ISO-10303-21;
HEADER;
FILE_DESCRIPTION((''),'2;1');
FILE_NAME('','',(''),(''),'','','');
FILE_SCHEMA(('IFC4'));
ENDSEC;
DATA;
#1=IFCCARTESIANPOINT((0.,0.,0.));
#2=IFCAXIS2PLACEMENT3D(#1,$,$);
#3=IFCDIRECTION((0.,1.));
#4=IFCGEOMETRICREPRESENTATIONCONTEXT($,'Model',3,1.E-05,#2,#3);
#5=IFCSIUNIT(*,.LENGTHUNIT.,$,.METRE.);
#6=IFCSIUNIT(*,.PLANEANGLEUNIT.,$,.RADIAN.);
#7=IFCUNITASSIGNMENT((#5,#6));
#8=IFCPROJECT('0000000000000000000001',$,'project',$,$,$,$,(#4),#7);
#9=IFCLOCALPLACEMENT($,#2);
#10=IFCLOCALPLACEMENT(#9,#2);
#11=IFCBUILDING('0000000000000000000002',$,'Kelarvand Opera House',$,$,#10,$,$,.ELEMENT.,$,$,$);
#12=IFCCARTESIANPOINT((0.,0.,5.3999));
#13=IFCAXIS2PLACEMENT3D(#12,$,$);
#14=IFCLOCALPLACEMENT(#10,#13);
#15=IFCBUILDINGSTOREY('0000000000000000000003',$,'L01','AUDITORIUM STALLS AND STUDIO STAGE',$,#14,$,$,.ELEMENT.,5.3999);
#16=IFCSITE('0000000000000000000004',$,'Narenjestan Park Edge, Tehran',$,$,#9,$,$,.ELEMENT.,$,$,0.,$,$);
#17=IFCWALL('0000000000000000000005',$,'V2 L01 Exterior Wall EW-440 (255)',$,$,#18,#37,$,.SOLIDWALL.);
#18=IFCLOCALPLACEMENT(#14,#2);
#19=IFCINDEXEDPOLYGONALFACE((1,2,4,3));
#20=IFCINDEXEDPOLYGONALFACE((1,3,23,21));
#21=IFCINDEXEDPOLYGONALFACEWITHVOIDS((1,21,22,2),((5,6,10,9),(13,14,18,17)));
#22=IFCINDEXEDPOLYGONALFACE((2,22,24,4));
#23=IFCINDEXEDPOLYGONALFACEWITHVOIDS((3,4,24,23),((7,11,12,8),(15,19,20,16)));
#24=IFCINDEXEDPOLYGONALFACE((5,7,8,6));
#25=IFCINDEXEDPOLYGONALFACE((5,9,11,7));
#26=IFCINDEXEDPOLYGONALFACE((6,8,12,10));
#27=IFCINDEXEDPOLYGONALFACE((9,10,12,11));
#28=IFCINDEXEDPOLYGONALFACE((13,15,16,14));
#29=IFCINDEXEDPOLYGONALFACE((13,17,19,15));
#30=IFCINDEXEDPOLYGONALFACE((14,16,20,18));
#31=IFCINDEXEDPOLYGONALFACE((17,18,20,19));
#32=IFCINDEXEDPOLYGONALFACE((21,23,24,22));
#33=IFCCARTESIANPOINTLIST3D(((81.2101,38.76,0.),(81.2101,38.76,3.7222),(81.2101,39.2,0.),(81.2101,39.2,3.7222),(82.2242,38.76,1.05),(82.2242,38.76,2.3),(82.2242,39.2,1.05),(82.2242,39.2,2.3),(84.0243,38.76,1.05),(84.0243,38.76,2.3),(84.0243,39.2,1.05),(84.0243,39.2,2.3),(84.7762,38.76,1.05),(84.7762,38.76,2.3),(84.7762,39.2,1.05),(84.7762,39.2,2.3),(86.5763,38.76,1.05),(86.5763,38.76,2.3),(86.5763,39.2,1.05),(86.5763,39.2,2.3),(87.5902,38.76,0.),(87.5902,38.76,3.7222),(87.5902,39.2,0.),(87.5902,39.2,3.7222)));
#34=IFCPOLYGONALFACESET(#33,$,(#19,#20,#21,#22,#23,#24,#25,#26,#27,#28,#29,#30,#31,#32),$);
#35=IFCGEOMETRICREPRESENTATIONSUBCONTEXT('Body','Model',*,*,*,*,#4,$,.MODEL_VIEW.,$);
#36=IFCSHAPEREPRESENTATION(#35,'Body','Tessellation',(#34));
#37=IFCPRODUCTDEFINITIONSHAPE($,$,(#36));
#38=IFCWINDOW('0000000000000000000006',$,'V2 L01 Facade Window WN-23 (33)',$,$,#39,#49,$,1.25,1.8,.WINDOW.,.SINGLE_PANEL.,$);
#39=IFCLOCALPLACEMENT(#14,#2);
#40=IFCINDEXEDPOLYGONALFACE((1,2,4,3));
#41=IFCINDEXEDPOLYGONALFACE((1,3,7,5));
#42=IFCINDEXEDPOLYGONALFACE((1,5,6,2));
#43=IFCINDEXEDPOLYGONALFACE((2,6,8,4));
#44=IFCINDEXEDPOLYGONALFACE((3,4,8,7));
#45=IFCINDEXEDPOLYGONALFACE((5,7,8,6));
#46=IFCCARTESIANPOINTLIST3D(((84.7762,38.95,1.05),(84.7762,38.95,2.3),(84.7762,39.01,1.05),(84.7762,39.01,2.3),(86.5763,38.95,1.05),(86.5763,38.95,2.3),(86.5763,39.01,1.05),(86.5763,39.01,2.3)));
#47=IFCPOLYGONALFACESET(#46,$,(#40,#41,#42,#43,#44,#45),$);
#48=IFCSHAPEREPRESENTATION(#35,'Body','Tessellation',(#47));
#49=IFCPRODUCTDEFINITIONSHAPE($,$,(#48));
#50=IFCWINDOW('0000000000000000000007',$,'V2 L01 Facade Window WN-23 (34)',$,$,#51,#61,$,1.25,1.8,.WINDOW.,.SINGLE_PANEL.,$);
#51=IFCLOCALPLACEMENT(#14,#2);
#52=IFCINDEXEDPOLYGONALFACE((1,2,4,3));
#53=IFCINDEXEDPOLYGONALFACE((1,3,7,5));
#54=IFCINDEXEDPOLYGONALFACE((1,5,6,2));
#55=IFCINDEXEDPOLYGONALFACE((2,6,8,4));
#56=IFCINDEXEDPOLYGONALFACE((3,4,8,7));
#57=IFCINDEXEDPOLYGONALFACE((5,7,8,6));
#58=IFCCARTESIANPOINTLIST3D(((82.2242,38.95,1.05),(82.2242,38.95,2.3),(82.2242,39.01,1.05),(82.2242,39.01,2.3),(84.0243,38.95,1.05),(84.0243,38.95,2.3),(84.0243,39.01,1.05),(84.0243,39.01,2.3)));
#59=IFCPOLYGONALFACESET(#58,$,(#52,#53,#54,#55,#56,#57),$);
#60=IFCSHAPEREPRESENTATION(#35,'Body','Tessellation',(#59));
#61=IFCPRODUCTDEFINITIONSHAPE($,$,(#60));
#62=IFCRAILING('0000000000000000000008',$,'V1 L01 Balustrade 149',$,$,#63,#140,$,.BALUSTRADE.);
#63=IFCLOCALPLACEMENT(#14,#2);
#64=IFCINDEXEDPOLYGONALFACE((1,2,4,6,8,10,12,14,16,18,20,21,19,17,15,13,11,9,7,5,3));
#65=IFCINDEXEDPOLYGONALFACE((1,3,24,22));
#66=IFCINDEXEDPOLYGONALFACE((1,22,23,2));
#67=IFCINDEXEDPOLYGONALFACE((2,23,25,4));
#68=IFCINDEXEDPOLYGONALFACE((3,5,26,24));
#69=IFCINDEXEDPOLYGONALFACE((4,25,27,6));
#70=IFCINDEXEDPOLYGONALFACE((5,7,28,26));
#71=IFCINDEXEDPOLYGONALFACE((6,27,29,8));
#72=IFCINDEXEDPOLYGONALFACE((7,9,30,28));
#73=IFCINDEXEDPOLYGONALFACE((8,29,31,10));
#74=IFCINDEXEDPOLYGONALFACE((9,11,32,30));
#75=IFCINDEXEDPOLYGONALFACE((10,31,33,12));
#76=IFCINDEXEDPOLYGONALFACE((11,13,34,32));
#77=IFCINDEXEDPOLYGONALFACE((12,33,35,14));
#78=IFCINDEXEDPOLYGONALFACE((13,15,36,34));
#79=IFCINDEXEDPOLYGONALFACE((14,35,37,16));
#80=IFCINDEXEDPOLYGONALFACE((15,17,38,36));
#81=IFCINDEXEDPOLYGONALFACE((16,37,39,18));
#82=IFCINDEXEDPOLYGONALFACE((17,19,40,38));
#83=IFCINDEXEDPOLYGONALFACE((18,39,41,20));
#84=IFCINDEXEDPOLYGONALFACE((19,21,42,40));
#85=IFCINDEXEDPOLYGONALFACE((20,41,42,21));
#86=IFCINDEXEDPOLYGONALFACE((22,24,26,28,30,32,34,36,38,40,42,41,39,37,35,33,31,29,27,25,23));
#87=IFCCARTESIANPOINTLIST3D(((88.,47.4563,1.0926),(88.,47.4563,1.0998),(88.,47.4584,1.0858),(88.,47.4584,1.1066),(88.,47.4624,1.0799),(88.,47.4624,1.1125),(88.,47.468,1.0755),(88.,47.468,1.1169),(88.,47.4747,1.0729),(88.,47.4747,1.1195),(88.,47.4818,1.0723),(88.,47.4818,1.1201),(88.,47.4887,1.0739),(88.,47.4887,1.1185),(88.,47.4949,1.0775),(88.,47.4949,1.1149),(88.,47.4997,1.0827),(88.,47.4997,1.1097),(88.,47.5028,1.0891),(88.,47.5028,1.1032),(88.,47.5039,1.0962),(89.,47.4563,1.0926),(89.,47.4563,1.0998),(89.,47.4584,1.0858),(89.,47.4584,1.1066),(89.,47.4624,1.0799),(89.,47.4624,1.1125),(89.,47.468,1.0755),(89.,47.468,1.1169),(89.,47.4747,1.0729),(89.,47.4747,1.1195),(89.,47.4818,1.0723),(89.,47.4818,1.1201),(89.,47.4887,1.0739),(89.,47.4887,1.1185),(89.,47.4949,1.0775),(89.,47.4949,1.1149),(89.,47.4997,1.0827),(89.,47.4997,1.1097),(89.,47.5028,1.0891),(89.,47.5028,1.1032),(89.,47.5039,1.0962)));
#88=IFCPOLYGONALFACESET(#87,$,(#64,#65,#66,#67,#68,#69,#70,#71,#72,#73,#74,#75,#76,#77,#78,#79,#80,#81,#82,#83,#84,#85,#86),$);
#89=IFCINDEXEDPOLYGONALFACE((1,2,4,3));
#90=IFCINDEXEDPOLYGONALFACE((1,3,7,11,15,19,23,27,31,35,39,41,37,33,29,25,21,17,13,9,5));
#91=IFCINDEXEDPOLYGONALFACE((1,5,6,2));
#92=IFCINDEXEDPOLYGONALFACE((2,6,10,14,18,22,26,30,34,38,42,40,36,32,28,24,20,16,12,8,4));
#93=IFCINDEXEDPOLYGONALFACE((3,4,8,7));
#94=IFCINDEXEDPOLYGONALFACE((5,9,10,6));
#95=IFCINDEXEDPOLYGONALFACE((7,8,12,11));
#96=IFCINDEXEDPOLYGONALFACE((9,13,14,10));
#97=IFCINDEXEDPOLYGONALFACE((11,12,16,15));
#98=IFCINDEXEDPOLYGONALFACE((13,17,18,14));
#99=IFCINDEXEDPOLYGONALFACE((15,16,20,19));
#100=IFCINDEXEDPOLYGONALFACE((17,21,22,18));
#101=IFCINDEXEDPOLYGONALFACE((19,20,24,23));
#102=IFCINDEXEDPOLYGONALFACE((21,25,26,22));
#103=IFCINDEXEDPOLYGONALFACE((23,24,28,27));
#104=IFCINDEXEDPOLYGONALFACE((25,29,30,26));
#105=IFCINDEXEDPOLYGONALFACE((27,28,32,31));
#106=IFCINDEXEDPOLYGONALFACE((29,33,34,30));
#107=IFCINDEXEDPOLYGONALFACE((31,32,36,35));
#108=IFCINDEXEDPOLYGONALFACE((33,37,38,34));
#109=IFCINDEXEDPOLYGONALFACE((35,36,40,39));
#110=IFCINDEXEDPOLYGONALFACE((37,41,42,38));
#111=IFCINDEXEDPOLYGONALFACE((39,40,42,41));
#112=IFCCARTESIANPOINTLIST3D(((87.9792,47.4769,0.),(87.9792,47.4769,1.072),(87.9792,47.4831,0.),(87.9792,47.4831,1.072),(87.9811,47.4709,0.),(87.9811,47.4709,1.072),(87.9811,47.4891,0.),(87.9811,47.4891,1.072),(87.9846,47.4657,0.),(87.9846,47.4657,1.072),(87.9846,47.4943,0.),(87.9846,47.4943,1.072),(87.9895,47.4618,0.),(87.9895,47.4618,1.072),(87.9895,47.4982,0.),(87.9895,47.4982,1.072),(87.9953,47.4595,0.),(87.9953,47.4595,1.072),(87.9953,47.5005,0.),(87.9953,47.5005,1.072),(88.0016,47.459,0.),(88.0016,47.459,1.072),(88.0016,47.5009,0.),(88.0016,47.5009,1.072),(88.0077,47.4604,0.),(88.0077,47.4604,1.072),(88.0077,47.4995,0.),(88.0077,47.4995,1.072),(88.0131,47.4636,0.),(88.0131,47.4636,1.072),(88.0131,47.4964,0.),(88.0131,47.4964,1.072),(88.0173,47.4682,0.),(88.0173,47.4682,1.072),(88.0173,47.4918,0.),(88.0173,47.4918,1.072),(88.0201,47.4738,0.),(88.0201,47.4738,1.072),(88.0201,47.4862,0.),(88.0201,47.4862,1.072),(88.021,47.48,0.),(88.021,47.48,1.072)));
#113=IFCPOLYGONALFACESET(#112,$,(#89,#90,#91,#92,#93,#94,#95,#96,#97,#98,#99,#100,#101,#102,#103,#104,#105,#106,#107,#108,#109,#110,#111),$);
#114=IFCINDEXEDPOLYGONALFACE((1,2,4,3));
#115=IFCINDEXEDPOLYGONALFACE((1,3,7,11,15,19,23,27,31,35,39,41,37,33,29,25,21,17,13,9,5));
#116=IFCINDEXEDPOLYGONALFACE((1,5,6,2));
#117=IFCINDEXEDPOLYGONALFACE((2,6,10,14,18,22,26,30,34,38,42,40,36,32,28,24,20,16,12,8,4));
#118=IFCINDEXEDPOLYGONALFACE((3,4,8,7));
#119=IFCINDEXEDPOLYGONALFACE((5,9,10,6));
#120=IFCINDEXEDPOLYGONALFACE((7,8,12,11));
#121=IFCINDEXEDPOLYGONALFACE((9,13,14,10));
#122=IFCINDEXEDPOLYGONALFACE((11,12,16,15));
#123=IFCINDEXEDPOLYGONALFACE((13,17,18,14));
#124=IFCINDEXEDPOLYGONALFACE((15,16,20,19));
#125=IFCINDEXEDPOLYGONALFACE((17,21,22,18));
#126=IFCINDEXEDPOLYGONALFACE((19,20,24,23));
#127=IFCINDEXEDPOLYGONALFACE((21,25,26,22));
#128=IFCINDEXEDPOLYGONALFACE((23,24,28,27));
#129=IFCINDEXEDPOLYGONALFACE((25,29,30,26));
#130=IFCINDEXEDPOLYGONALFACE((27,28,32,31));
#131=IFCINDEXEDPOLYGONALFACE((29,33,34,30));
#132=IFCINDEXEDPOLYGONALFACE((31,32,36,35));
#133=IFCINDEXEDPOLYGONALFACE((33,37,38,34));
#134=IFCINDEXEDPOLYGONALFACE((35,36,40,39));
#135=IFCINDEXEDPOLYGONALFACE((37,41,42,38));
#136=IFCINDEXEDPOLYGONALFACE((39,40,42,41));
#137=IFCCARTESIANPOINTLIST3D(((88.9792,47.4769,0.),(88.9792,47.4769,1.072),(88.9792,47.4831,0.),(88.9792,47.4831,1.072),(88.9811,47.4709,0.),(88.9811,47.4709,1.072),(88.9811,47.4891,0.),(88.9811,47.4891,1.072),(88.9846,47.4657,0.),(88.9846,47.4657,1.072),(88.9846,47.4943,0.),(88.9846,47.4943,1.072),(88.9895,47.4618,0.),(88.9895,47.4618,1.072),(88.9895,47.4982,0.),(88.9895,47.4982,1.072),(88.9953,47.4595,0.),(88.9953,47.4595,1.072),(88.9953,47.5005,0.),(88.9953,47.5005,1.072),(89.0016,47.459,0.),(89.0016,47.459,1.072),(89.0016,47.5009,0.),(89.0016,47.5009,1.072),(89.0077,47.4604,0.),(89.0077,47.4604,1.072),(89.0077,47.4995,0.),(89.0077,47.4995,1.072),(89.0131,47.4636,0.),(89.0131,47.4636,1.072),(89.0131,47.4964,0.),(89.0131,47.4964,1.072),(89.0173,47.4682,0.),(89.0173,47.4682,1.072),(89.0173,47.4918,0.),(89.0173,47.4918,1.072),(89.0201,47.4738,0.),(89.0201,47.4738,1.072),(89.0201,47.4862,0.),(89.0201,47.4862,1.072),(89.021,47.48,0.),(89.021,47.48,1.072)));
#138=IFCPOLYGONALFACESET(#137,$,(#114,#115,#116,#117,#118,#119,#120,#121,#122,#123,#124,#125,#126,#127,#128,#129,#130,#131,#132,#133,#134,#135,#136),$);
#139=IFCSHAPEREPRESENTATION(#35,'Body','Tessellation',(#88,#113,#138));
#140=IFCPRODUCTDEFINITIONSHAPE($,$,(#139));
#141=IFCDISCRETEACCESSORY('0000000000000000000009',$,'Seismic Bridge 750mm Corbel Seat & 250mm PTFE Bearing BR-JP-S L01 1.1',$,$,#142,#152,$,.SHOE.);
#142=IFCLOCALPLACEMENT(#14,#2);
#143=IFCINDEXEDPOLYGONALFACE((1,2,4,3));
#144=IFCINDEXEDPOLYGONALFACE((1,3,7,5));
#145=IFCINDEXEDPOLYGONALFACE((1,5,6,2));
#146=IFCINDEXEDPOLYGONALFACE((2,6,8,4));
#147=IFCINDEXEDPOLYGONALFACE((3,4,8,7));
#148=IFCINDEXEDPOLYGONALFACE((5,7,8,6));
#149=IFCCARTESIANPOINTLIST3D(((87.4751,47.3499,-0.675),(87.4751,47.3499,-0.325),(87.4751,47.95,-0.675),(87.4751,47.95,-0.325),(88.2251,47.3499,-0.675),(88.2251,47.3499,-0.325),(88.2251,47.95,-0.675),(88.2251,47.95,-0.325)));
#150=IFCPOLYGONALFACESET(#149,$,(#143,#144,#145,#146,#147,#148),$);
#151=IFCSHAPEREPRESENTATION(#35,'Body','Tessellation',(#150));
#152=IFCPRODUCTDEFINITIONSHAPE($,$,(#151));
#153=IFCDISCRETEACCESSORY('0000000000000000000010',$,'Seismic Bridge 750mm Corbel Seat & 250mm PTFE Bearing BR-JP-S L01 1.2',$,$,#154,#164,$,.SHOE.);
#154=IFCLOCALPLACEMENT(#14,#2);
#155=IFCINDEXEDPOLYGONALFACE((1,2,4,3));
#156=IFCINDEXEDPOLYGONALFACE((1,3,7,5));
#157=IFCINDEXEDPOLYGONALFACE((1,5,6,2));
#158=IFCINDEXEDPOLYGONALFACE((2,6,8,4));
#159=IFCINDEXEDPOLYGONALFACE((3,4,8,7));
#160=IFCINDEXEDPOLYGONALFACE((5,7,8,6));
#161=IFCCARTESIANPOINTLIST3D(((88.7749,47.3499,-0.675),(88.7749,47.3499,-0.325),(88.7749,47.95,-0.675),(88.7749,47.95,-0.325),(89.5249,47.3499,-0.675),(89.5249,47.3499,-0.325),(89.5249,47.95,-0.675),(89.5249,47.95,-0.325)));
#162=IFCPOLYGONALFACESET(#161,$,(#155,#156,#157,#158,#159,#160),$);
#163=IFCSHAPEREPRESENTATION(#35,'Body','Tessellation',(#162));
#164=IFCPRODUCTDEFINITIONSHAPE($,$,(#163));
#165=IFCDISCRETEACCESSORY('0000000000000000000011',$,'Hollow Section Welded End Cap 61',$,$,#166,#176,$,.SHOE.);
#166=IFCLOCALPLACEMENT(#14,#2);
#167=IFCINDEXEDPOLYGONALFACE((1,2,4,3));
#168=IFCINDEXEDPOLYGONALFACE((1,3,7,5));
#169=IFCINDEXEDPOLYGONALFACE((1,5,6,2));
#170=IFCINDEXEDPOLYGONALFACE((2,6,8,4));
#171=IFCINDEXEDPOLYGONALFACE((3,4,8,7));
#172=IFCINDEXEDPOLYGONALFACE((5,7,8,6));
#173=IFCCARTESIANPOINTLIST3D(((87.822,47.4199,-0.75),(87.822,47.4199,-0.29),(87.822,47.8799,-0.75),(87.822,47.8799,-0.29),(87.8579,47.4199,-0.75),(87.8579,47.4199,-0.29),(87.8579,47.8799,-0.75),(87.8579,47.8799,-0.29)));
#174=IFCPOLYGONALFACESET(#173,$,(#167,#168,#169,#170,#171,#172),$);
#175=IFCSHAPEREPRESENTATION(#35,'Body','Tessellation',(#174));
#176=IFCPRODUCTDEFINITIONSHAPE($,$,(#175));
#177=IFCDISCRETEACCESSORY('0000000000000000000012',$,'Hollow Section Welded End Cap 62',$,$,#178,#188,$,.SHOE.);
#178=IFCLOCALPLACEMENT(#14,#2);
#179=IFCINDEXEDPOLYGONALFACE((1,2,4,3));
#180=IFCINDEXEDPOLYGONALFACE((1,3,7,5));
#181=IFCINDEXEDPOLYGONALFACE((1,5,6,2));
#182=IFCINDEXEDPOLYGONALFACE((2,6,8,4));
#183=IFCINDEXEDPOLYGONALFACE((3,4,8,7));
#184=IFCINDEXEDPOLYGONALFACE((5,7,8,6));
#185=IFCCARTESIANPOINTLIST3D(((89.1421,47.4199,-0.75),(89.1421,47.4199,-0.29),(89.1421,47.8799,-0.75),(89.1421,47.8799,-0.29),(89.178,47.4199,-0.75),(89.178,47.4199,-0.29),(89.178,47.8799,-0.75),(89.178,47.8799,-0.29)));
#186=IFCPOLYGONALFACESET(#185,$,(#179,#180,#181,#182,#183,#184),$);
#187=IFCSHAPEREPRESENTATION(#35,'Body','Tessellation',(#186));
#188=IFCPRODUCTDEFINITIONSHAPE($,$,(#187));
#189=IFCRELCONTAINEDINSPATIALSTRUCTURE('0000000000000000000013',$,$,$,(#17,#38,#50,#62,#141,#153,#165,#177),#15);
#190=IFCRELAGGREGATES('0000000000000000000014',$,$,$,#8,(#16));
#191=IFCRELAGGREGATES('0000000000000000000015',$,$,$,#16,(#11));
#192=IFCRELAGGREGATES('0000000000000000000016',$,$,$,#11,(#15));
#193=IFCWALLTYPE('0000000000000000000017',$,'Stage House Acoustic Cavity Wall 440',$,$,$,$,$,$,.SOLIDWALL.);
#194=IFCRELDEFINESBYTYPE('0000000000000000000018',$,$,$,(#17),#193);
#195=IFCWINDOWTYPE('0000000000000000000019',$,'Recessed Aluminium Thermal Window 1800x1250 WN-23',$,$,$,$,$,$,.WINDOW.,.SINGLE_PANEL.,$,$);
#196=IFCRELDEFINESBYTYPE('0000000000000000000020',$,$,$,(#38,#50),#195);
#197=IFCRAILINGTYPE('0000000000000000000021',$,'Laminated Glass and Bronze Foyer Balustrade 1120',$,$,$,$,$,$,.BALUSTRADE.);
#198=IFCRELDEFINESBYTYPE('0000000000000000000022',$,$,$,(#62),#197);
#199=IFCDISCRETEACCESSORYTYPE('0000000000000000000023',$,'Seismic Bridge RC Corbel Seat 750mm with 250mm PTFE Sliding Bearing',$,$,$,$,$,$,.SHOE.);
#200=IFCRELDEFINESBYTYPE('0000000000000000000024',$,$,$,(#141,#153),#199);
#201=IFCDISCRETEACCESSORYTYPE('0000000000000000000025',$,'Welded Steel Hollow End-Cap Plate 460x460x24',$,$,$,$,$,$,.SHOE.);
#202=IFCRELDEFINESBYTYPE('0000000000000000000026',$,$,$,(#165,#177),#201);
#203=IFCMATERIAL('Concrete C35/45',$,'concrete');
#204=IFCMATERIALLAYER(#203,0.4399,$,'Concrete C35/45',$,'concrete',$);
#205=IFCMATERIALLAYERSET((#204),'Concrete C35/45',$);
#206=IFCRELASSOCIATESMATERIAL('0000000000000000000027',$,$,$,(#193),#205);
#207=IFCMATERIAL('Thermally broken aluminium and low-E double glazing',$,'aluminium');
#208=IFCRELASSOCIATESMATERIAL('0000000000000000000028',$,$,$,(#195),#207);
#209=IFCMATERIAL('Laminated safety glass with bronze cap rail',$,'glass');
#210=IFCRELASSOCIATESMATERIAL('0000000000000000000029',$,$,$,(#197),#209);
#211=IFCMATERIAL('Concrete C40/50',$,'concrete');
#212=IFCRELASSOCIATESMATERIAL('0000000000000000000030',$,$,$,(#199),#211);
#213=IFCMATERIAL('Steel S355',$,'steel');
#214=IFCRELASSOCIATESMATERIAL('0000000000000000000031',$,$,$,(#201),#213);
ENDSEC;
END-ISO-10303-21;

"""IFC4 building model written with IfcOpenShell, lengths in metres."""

from ifc_helpers import new_model, si_unit, direction, frame, frame_2d, origin, origin_2d, place, context, subcontext, project, spatial, rectangle, circle, extrude, material, layer, layer_set, material_profile, profile_set, type_object, element, fill, save


model = new_model("IFC4")

# Units and contexts
model_context = context("Model", 3, precision=1e-05, world=origin(), true_north=direction((0.0, 1.0)))
body_context = subcontext(model_context, "Body", "Model", "MODEL_VIEW")
ifc_project = project(units=[si_unit("LENGTHUNIT", "METRE"), si_unit("PLANEANGLEUNIT", "RADIAN")], contexts=[model_context])

# Site, building, storey
site_placement = place(None, origin())
site = spatial("IfcSite", under=ifc_project, at=site_placement, Name="Narenjestan Park Edge, Tehran", CompositionType="ELEMENT", RefElevation=0.0)
building_placement = place(site_placement, origin())
building = spatial("IfcBuilding", under=site, at=building_placement, Name="Kelarvand Opera House", CompositionType="ELEMENT")
storey_placement = place(building_placement, frame((0.0, 0.0, 5.3999)))
storey = spatial("IfcBuildingStorey", under=building, at=storey_placement, Name="L01", Description="AUDITORIUM STALLS AND STUDIO STAGE", CompositionType="ELEMENT", Elevation=5.3999)

# Shared definitions
ifc_material_1 = material(Name="Concrete C40/50", Category="concrete")

# Shared definitions
ifc_material_2 = material(Name="Steel S355", Category="steel")

# Shared definitions
ifc_material_3 = material(Name="Concrete C35/45", Category="concrete")

# Shared definitions
ifc_layer_1 = layer(ifc_material_3, 0.4399, Name="Concrete C35/45", Category="concrete")
ifc_layer_set_1 = layer_set([ifc_layer_1], Name="Concrete C35/45")
wall_type_1 = type_object("IfcWallType", Name="Stage House Acoustic Cavity Wall 440", PredefinedType="SOLIDWALL", material=ifc_layer_set_1)

# Wall, openings, windows
wall_1_placement = place(storey_placement, frame((87.5901, 38.98, 0.0), z_axis=(0.0, 0.0, 1.0), x_axis=(-1.0, 0.0, 0.0)))
wall_1 = element("IfcWall", 1, at=wall_1_placement, inside=storey, type_object=wall_type_1, Name="V2 L01 Exterior Wall EW-440 (255)", PredefinedType="SOLIDWALL", context=body_context, shape_type="SweptSolid", body=[
    extrude(rectangle(XDim=6.3801, YDim=0.4399, at=frame_2d((3.1899, 0.0))), origin(), (0.0, 0.0, 1.0), 3.7222),
])
opening_1_placement = place(wall_1_placement, frame((1.0139, 0.0, 1.05)))
opening_1 = element("IfcOpeningElement", 2, at=opening_1_placement, cuts=wall_1, PredefinedType="OPENING", context=body_context, shape_type="SweptSolid", body=[
    extrude(rectangle(XDim=1.8, YDim=1.25, at=frame_2d((0.8999, 0.625))), frame((0.0, 0.23, 0.0), z_axis=(0.0, -1.0, 0.0), x_axis=(1.0, 0.0, 0.0)), (0.0, 0.0, 1.0), 0.46),
])
opening_2_placement = place(wall_1_placement, frame((3.5659, 0.0, 1.05)))
opening_2 = element("IfcOpeningElement", 3, at=opening_2_placement, cuts=wall_1, PredefinedType="OPENING", context=body_context, shape_type="SweptSolid", body=[
    extrude(rectangle(XDim=1.8, YDim=1.25, at=frame_2d((0.8999, 0.625))), frame((0.0, 0.23, 0.0), z_axis=(0.0, -1.0, 0.0), x_axis=(1.0, 0.0, 0.0)), (0.0, 0.0, 1.0), 0.46),
])
ifc_material_4 = material(Name="Thermally broken aluminium and low-E double glazing", Category="aluminium")
window_type = type_object("IfcWindowType", Name="Recessed Aluminium Thermal Window 1800x1250 WN-23", PartitioningType="SINGLE_PANEL", PredefinedType="WINDOW", material=ifc_material_4)
window_1_placement = place(opening_1_placement, origin())
window_1 = element("IfcWindow", 4, at=window_1_placement, inside=storey, type_object=window_type, Name="V2 L01 Facade Window WN-23 (33)", OverallHeight=1.25, OverallWidth=1.8, PartitioningType="SINGLE_PANEL", PredefinedType="WINDOW", context=body_context, shape_type="SweptSolid", body=[
    extrude(rectangle(XDim=1.8, YDim=1.25, at=frame_2d((0.8999, 0.625))), frame((0.0, 0.03, 0.0), z_axis=(0.0, -1.0, 0.0), x_axis=(1.0, 0.0, 0.0)), (0.0, 0.0, 1.0), 0.0601),
])
fill(opening_1, window_1)
window_2_placement = place(opening_2_placement, origin())
window_2 = element("IfcWindow", 5, at=window_2_placement, inside=storey, type_object=window_type, Name="V2 L01 Facade Window WN-23 (34)", OverallHeight=1.25, OverallWidth=1.8, PartitioningType="SINGLE_PANEL", PredefinedType="WINDOW", context=body_context, shape_type="SweptSolid", body=[
    extrude(rectangle(XDim=1.8, YDim=1.25, at=frame_2d((0.8999, 0.625))), frame((0.0, 0.03, 0.0), z_axis=(0.0, -1.0, 0.0), x_axis=(1.0, 0.0, 0.0)), (0.0, 0.0, 1.0), 0.0601),
])
fill(opening_2, window_2)

# Railing
ifc_material_5 = material(Name="Laminated safety glass with bronze cap rail", Category="glass")
railing_type_1 = type_object("IfcRailingType", Name="Laminated Glass and Bronze Foyer Balustrade 1120", PredefinedType="BALUSTRADE", material=ifc_material_5)
railing_1_placement = place(storey_placement, frame((88.0, 47.48, 0.0)))
element("IfcRailing", 6, at=railing_1_placement, inside=storey, type_object=railing_type_1, Name="V1 L01 Balustrade 149", PredefinedType="BALUSTRADE", context=body_context, shape_type="SweptSolid", body=[
    extrude(circle(Radius=0.0239, at=origin_2d()), frame((0.0, 0.0, 1.0962), z_axis=(1.0, 0.0, 0.0), x_axis=(0.0, 1.0, 0.0)), (0.0, 0.0, 1.0), 1.0),
    extrude(circle(Radius=0.021, at=origin_2d()), origin(), (0.0, 0.0, 1.0), 1.072),
    extrude(circle(Radius=0.021, at=origin_2d()), frame((1.0, 0.0, 0.0)), (0.0, 0.0, 1.0), 1.072),
])

# Discrete accessories
discrete_accessory_type_1 = type_object("IfcDiscreteAccessoryType", Name="Seismic Bridge RC Corbel Seat 750mm with 250mm PTFE Sliding Bearing", PredefinedType="SHOE", material=ifc_material_1)
for number, where, z_axis, x_axis, name in (
    (7, (87.8501, 47.6499, -0.675), (0.0, 0.0, 1.0), (1.0, 0.0, 0.0), "Seismic Bridge 750mm Corbel Seat & 250mm PTFE Bearing BR-JP-S L01 1.1"),
    (8, (89.1499, 47.6499, -0.675), (0.0, 0.0, 1.0), (1.0, 0.0, 0.0), "Seismic Bridge 750mm Corbel Seat & 250mm PTFE Bearing BR-JP-S L01 1.2"),
):
    element("IfcDiscreteAccessory", number, at=place(storey_placement, frame(where, z_axis=z_axis, x_axis=x_axis)), inside=storey, type_object=discrete_accessory_type_1, Name=name, PredefinedType="SHOE", context=body_context, shape_type="SweptSolid", body=[
        extrude(rectangle(XDim=0.75, YDim=0.6001, at=origin_2d()), origin(), (0.0, 0.0, 1.0), 0.3501),
    ])
ifc_material_profile_1 = material_profile(ifc_material_2, rectangle(XDim=0.46, YDim=0.46, at=origin_2d()), Name="Welded Steel Hollow End-Cap Plate 460x460x24", Category="steel")
ifc_profile_set_1 = profile_set([ifc_material_profile_1], Name="Steel S355")
discrete_accessory_type_2 = type_object("IfcDiscreteAccessoryType", Name="Welded Steel Hollow End-Cap Plate 460x460x24", PredefinedType="SHOE", material=ifc_profile_set_1)
for number, where, z_axis, x_axis, name in (
    (9, (87.8579, 47.6499, -0.52), (-1.0, 0.0, 0.0), (0.0, -1.0, 0.0), "Hollow Section Welded End Cap 61"),
    (10, (89.1421, 47.6499, -0.52), (1.0, 0.0, 0.0), (0.0, 1.0, 0.0), "Hollow Section Welded End Cap 62"),
):
    element("IfcDiscreteAccessory", number, at=place(storey_placement, frame(where, z_axis=z_axis, x_axis=x_axis)), inside=storey, type_object=discrete_accessory_type_2, Name=name, PredefinedType="SHOE", context=body_context, shape_type="SweptSolid", body=[
        extrude(rectangle(XDim=0.46, YDim=0.46, at=origin_2d()), origin(), (0.0, 0.0, 1.0), 0.0359),
    ])

save(model, "model.ifc")
